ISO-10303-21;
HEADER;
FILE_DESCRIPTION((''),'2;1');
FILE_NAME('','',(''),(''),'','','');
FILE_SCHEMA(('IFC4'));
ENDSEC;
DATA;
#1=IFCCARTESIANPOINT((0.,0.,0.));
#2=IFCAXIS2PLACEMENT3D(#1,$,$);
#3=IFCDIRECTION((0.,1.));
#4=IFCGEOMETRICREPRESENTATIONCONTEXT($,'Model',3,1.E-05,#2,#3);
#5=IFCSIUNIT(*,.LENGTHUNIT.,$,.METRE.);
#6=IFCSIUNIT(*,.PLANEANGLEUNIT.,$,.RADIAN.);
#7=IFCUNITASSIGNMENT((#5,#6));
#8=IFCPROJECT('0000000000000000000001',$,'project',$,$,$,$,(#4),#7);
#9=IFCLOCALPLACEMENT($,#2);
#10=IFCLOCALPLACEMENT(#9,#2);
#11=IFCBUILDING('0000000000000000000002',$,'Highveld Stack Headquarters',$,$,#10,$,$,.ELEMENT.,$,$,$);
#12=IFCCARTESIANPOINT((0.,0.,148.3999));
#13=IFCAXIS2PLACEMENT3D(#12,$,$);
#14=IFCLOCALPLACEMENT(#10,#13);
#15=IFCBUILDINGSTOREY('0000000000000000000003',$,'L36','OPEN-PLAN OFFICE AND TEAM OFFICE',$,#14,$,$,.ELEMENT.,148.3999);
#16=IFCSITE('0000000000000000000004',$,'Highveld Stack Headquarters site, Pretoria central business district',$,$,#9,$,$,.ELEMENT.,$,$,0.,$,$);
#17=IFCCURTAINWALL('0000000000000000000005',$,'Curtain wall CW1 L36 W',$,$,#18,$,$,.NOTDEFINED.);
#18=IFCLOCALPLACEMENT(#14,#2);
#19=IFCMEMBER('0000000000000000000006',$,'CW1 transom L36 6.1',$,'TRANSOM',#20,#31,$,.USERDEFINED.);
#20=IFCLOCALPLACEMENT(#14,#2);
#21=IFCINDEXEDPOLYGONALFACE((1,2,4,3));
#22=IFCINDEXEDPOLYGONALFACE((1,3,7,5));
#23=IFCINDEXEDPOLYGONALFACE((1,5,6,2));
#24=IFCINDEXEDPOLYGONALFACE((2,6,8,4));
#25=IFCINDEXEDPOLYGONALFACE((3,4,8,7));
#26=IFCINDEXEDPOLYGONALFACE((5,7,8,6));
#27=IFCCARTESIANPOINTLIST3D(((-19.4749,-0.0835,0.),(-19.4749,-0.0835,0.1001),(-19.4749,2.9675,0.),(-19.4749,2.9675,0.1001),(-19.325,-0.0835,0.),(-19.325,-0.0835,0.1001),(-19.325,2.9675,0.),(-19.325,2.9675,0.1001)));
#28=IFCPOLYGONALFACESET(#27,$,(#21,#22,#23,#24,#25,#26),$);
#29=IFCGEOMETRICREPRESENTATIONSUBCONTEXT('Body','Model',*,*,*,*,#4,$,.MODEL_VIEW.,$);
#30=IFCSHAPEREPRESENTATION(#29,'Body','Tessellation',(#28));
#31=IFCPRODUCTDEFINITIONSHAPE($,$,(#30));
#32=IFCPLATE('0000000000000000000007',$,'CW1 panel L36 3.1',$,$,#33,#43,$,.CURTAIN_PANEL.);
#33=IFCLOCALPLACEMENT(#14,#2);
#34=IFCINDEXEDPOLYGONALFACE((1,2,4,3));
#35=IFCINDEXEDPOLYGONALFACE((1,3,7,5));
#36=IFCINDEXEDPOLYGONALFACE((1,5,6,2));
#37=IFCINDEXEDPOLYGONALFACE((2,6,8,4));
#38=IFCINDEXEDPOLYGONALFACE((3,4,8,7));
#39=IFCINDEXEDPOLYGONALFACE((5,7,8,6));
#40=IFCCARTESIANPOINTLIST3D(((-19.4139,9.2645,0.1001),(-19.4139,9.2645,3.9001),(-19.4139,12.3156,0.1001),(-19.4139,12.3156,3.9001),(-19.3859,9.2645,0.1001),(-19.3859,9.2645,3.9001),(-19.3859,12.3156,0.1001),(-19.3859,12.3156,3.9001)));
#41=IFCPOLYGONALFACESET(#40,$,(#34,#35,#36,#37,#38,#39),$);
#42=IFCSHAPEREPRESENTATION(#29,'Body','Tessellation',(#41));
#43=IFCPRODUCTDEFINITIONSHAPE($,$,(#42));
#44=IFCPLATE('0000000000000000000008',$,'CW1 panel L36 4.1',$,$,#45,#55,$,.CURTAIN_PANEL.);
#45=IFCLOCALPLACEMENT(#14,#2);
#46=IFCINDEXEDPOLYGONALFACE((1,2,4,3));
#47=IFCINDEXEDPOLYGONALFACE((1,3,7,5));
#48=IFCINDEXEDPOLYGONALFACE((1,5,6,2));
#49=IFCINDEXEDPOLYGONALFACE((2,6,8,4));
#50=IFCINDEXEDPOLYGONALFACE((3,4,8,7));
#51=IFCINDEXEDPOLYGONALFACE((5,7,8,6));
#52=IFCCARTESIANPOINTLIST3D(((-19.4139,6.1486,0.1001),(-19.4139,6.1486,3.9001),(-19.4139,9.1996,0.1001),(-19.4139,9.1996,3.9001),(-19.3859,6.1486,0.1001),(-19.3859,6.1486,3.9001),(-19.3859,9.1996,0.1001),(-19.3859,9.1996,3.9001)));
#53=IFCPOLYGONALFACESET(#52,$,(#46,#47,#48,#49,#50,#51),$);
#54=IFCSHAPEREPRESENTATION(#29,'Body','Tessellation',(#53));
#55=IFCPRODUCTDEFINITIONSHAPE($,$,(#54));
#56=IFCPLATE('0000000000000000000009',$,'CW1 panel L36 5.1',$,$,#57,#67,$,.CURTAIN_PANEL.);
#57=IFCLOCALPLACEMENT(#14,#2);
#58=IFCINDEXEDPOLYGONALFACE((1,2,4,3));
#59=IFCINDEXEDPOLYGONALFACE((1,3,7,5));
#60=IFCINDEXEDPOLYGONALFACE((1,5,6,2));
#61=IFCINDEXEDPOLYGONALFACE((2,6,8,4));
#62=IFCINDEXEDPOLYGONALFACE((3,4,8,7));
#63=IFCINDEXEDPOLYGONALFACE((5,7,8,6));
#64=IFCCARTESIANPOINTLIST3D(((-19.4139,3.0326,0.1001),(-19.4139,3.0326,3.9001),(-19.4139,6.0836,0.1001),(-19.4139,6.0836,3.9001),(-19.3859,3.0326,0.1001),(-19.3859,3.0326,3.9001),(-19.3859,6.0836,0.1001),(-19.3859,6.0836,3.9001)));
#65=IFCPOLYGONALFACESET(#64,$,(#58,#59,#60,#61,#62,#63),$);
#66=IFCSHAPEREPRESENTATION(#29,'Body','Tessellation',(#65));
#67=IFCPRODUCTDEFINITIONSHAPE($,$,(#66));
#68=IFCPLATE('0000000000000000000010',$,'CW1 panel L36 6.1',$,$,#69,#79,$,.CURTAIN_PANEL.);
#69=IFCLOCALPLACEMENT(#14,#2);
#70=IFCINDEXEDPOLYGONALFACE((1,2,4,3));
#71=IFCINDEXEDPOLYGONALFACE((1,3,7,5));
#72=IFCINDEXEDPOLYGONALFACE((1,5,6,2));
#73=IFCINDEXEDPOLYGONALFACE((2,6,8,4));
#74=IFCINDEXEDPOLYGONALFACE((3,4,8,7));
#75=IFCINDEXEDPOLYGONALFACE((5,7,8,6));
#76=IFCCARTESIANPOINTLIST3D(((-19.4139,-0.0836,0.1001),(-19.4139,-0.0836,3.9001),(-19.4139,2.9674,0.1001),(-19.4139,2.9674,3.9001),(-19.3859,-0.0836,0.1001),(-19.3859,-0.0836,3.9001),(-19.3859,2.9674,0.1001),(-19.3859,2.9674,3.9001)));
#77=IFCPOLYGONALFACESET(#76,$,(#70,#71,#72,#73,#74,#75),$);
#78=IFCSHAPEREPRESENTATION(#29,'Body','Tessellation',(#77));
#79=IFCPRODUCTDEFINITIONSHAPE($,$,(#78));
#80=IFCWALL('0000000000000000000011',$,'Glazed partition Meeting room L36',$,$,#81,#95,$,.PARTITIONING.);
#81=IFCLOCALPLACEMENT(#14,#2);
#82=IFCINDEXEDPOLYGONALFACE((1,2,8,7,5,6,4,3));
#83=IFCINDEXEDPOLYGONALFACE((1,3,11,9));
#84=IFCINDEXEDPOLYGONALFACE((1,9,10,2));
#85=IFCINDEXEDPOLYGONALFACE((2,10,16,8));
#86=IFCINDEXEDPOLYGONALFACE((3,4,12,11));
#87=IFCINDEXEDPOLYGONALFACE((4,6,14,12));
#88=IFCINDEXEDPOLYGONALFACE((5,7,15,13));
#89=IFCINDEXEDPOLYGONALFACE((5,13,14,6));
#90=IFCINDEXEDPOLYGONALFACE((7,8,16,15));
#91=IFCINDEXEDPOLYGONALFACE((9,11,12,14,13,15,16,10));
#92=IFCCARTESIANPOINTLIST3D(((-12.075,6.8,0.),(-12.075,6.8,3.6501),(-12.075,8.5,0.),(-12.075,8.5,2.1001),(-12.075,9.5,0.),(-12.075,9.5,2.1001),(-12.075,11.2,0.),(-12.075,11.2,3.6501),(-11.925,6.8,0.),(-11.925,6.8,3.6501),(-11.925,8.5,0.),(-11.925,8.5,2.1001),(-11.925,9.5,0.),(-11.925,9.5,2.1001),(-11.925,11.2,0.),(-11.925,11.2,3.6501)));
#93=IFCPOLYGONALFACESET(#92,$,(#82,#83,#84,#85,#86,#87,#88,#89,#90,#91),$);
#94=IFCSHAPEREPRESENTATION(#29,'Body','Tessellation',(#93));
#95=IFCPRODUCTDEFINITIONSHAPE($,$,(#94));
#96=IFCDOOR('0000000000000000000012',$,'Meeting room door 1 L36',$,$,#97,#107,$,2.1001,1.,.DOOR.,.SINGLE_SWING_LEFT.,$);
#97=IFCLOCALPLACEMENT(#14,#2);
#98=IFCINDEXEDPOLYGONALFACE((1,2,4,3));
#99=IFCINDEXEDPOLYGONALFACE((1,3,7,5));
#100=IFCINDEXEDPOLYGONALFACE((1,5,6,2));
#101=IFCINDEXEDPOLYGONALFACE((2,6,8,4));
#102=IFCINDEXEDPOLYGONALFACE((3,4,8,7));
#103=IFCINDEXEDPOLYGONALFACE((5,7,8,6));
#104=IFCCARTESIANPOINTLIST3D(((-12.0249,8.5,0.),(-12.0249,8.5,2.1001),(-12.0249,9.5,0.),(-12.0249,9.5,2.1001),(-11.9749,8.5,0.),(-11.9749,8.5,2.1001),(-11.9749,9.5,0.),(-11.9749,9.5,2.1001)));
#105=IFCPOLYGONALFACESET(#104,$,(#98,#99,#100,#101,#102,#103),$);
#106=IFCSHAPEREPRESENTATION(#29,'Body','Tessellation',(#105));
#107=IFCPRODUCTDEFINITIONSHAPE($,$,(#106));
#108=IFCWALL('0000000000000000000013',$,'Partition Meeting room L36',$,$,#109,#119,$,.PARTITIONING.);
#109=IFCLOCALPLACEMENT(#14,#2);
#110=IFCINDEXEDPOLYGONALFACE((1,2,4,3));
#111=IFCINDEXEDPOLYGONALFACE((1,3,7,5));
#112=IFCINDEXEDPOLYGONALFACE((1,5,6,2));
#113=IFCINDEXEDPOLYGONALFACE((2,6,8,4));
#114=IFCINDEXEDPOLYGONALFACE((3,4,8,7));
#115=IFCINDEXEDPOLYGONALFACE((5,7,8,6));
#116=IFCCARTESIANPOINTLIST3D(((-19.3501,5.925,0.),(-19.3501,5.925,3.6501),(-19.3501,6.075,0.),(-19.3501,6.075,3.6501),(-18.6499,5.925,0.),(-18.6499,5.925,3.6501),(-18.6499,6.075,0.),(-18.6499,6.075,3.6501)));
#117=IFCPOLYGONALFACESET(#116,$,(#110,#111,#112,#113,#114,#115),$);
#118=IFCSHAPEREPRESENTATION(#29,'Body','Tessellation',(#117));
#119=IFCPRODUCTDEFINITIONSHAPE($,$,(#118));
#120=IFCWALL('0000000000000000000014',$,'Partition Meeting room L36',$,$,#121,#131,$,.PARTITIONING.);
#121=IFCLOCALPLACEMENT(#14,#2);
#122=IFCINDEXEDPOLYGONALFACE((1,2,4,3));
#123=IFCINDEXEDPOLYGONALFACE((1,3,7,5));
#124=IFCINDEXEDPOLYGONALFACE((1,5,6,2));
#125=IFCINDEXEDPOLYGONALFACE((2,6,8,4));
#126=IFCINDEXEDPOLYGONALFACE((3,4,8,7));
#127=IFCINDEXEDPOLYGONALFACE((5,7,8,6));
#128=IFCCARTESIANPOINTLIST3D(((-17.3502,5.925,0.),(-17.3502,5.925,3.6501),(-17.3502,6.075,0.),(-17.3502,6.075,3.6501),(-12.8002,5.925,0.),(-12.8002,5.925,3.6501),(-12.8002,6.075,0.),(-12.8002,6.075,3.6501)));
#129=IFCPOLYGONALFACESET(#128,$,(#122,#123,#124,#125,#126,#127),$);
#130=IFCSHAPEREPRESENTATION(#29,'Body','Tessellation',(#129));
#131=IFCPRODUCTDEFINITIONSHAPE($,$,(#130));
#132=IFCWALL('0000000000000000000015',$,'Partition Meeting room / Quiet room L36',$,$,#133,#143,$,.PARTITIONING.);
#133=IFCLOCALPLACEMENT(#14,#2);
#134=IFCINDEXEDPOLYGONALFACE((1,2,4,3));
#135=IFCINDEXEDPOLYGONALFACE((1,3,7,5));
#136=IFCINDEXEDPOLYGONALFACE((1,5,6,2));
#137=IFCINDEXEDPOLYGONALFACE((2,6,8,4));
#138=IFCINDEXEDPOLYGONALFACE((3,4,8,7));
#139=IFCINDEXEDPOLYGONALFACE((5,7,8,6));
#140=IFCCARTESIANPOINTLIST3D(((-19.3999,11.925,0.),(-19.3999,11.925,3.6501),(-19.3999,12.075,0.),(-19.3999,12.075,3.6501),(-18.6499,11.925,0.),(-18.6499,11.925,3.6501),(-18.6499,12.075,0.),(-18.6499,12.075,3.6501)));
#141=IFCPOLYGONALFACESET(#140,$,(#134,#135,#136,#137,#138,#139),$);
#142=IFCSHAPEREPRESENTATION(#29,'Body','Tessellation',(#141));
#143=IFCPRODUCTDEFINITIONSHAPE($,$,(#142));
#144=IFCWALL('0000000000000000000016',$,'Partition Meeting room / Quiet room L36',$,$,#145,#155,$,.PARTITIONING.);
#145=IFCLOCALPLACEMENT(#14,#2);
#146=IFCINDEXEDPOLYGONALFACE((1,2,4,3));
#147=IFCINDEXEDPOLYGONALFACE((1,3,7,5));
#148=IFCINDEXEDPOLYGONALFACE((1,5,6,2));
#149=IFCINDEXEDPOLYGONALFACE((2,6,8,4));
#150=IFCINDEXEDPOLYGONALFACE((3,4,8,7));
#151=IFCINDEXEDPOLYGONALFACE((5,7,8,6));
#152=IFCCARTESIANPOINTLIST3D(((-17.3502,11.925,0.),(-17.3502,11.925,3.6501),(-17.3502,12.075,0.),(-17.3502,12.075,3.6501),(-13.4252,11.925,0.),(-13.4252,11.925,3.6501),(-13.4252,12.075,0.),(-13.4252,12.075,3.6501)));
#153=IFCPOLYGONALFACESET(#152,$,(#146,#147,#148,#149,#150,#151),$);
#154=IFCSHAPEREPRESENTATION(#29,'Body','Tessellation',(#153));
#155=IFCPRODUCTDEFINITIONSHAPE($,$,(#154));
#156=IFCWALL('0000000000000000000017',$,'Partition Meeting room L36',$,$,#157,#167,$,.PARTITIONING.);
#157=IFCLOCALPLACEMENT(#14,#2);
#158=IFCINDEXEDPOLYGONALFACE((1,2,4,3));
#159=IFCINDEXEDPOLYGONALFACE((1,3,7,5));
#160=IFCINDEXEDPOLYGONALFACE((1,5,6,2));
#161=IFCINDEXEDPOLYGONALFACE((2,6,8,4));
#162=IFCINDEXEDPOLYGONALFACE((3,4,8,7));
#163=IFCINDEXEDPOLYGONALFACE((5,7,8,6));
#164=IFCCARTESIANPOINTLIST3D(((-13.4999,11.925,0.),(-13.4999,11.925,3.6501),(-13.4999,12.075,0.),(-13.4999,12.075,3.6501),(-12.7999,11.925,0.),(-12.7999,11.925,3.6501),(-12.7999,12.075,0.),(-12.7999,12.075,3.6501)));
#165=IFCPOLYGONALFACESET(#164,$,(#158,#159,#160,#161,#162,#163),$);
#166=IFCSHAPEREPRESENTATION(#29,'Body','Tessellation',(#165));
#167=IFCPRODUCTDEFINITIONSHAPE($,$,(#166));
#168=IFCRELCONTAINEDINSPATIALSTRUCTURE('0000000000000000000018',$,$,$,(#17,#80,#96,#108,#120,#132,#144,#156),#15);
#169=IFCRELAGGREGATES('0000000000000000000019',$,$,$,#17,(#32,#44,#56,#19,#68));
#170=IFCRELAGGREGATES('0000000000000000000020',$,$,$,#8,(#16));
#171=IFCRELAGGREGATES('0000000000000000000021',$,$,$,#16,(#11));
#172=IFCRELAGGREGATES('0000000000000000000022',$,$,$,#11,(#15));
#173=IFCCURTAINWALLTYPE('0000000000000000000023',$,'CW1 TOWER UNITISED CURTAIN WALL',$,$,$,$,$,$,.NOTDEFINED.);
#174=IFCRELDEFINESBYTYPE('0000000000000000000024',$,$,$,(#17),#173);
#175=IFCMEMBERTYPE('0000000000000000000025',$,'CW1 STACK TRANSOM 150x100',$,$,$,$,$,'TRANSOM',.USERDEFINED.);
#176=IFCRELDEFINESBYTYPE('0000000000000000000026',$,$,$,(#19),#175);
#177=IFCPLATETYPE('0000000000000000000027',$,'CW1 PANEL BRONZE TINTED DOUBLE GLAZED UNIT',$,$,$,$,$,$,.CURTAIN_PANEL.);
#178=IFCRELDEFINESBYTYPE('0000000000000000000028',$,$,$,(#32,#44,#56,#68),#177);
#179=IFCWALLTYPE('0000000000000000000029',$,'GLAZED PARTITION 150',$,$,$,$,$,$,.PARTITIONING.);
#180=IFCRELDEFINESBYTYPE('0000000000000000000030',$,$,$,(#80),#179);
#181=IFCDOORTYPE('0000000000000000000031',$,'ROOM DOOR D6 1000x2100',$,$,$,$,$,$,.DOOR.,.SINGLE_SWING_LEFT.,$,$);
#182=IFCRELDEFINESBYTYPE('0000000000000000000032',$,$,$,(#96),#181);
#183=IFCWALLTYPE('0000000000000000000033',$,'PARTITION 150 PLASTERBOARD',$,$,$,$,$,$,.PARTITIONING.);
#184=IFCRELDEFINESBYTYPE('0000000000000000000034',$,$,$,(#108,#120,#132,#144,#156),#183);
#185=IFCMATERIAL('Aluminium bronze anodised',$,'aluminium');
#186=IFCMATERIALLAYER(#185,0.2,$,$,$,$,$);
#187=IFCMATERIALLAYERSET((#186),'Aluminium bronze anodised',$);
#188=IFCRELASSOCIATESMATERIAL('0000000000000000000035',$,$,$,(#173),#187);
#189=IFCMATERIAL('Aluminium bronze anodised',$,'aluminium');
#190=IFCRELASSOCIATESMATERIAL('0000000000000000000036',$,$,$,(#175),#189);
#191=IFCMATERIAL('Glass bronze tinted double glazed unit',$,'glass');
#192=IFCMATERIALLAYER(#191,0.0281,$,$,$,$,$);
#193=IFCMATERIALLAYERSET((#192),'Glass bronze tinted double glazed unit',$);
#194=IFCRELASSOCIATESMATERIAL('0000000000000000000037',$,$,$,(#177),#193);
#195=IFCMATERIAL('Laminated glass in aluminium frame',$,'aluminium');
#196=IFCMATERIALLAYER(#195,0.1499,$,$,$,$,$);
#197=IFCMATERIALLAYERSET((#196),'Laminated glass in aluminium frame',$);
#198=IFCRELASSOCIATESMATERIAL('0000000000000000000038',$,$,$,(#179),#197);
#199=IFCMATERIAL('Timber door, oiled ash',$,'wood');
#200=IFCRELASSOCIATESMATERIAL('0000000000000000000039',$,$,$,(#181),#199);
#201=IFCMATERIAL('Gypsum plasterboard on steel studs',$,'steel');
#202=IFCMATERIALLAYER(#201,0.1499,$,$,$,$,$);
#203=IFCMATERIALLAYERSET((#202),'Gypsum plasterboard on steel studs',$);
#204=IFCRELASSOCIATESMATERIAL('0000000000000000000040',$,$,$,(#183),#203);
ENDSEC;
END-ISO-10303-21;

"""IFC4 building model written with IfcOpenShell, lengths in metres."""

from ifc_helpers import new_model, si_unit, direction, frame, frame_2d, origin, origin_2d, place, context, subcontext, project, spatial, rectangle, extrude, material, layer, layer_set, material_profile, profile_set, type_object, element, fill, aggregate, save


model = new_model("IFC4")

# Units and contexts
model_context = context("Model", 3, precision=1e-05, world=origin(), true_north=direction((0.0, 1.0)))
body_context = subcontext(model_context, "Body", "Model", "MODEL_VIEW")
ifc_project = project(units=[si_unit("LENGTHUNIT", "METRE"), si_unit("PLANEANGLEUNIT", "RADIAN")], contexts=[model_context])

# Site, building, storey
site_placement = place(None, origin())
site = spatial("IfcSite", under=ifc_project, at=site_placement, Name="Highveld Stack Headquarters site, Pretoria central business district", CompositionType="ELEMENT", RefElevation=0.0)
building_placement = place(site_placement, origin())
building = spatial("IfcBuilding", under=site, at=building_placement, Name="Highveld Stack Headquarters", CompositionType="ELEMENT")
storey_placement = place(building_placement, frame((0.0, 0.0, 148.3999)))
storey = spatial("IfcBuildingStorey", under=building, at=storey_placement, Name="L36", Description="OPEN-PLAN OFFICE AND TEAM OFFICE", CompositionType="ELEMENT", Elevation=148.3999)

# Curtain wall, member, plates
ifc_material_1 = material(Name="Aluminium bronze anodised", Category="aluminium")
ifc_layer_1 = layer(ifc_material_1, 0.2)
ifc_layer_set_1 = layer_set([ifc_layer_1], Name="Aluminium bronze anodised")
curtain_wall_type = type_object("IfcCurtainWallType", Name="CW1 TOWER UNITISED CURTAIN WALL", PredefinedType="NOTDEFINED", material=ifc_layer_set_1)
curtain_wall_placement = place(storey_placement, origin())
curtain_wall = element("IfcCurtainWall", 1, at=curtain_wall_placement, inside=storey, type_object=curtain_wall_type, Name="Curtain wall CW1 L36 W", PredefinedType="NOTDEFINED")
ifc_material_2 = material(Name="Aluminium bronze anodised", Category="aluminium")
ifc_material_profile_1 = material_profile(ifc_material_2, rectangle(XDim=0.1499, YDim=0.1001, at=origin_2d()), Name="CW1 TRANSOM 150x100")
ifc_profile_set_1 = profile_set([ifc_material_profile_1], Name="Aluminium bronze anodised")
member_type_1 = type_object("IfcMemberType", Name="CW1 STACK TRANSOM 150x100", ElementType="TRANSOM", PredefinedType="USERDEFINED", material=ifc_profile_set_1)
member_1_placement = place(storey_placement, frame((-19.3999, 2.9675, 0.05), z_axis=(0.0, -1.0, 0.0), x_axis=(1.0, 0.0, 0.0)))
member_1 = element("IfcMember", 2, at=member_1_placement, type_object=member_type_1, Name="CW1 transom L36 6.1", ObjectType="TRANSOM", PredefinedType="USERDEFINED", context=body_context, shape_type="SweptSolid", body=[
    extrude(rectangle(XDim=0.1499, YDim=0.1001, at=origin_2d()), origin(), (0.0, 0.0, 1.0), 3.051),
])
ifc_material_3 = material(Name="Glass bronze tinted double glazed unit", Category="glass")
ifc_layer_2 = layer(ifc_material_3, 0.0281)
ifc_layer_set_2 = layer_set([ifc_layer_2], Name="Glass bronze tinted double glazed unit")
plate_type = type_object("IfcPlateType", Name="CW1 PANEL BRONZE TINTED DOUBLE GLAZED UNIT", PredefinedType="CURTAIN_PANEL", material=ifc_layer_set_2)
plate_1_placement = place(storey_placement, frame((-19.3999, 10.79, 0.1001), z_axis=(0.0, 0.0, 1.0), x_axis=(0.0, -1.0, 0.0)))
plate_1 = element("IfcPlate", 3, at=plate_1_placement, type_object=plate_type, Name="CW1 panel L36 3.1", PredefinedType="CURTAIN_PANEL", context=body_context, shape_type="SweptSolid", body=[
    extrude(rectangle(XDim=3.051, YDim=0.0281, at=origin_2d()), origin(), (0.0, 0.0, 1.0), 3.8),
])
plate_2_placement = place(storey_placement, frame((-19.3999, 7.6741, 0.1001), z_axis=(0.0, 0.0, 1.0), x_axis=(0.0, -1.0, 0.0)))
plate_2 = element("IfcPlate", 4, at=plate_2_placement, type_object=plate_type, Name="CW1 panel L36 4.1", PredefinedType="CURTAIN_PANEL", context=body_context, shape_type="SweptSolid", body=[
    extrude(rectangle(XDim=3.051, YDim=0.0281, at=origin_2d()), origin(), (0.0, 0.0, 1.0), 3.8),
])
plate_3_placement = place(storey_placement, frame((-19.3999, 4.5581, 0.1001), z_axis=(0.0, 0.0, 1.0), x_axis=(0.0, -1.0, 0.0)))
plate_3 = element("IfcPlate", 5, at=plate_3_placement, type_object=plate_type, Name="CW1 panel L36 5.1", PredefinedType="CURTAIN_PANEL", context=body_context, shape_type="SweptSolid", body=[
    extrude(rectangle(XDim=3.051, YDim=0.0281, at=origin_2d()), origin(), (0.0, 0.0, 1.0), 3.8),
])
plate_4_placement = place(storey_placement, frame((-19.3999, 1.4419, 0.1001), z_axis=(0.0, 0.0, 1.0), x_axis=(0.0, -1.0, 0.0)))
plate_4 = element("IfcPlate", 6, at=plate_4_placement, type_object=plate_type, Name="CW1 panel L36 6.1", PredefinedType="CURTAIN_PANEL", context=body_context, shape_type="SweptSolid", body=[
    extrude(rectangle(XDim=3.051, YDim=0.0281, at=origin_2d()), origin(), (0.0, 0.0, 1.0), 3.8),
])
aggregate(curtain_wall, [plate_1, plate_2, plate_3, member_1, plate_4])

# Wall, opening, door
ifc_material_4 = material(Name="Laminated glass in aluminium frame", Category="aluminium")
ifc_layer_3 = layer(ifc_material_4, 0.1499)
ifc_layer_set_3 = layer_set([ifc_layer_3], Name="Laminated glass in aluminium frame")
wall_type_1 = type_object("IfcWallType", Name="GLAZED PARTITION 150", PredefinedType="PARTITIONING", material=ifc_layer_set_3)
wall_1_placement = place(storey_placement, frame((-12.0, 6.8, 0.0), z_axis=(0.0, 0.0, 1.0), x_axis=(0.0, 1.0, 0.0)))
wall_1 = element("IfcWall", 7, at=wall_1_placement, inside=storey, type_object=wall_type_1, Name="Glazed partition Meeting room L36", PredefinedType="PARTITIONING", context=body_context, shape_type="SweptSolid", body=[
    extrude(rectangle(XDim=4.3999, YDim=0.1499, at=frame_2d((2.2, 0.0))), origin(), (0.0, 0.0, 1.0), 3.6501),
])
opening_1_placement = place(wall_1_placement, frame((1.7, 0.0, 0.0)))
opening_1 = element("IfcOpeningElement", 8, at=opening_1_placement, cuts=wall_1, PredefinedType="OPENING", context=body_context, shape_type="SweptSolid", body=[
    extrude(rectangle(XDim=1.0, YDim=2.1001, at=frame_2d((0.5, 1.05))), frame((0.0, 0.085, 0.0), z_axis=(0.0, -1.0, 0.0), x_axis=(1.0, 0.0, 0.0)), (0.0, 0.0, 1.0), 0.1699),
])
ifc_material_5 = material(Name="Timber door, oiled ash", Category="wood")
door_type = type_object("IfcDoorType", Name="ROOM DOOR D6 1000x2100", OperationType="SINGLE_SWING_LEFT", PredefinedType="DOOR", material=ifc_material_5)
door_1_placement = place(opening_1_placement, origin())
door_1 = element("IfcDoor", 9, at=door_1_placement, inside=storey, type_object=door_type, Name="Meeting room door 1 L36", OperationType="SINGLE_SWING_LEFT", OverallHeight=2.1001, OverallWidth=1.0, PredefinedType="DOOR", context=body_context, shape_type="SweptSolid", body=[
    extrude(rectangle(XDim=1.0, YDim=2.1001, at=frame_2d((0.5, 1.05))), frame((0.0, 0.0249, 0.0), z_axis=(0.0, -1.0, 0.0), x_axis=(1.0, 0.0, 0.0)), (0.0, 0.0, 1.0), 0.05),
])
fill(opening_1, door_1)

# Walls
ifc_material_6 = material(Name="Gypsum plasterboard on steel studs", Category="steel")
ifc_layer_4 = layer(ifc_material_6, 0.1499)
ifc_layer_set_4 = layer_set([ifc_layer_4], Name="Gypsum plasterboard on steel studs")
wall_type_2 = type_object("IfcWallType", Name="PARTITION 150 PLASTERBOARD", PredefinedType="PARTITIONING", material=ifc_layer_set_4)
wall_2_placement = place(storey_placement, frame((-19.3501, 6.0, 0.0), z_axis=(0.0, 0.0, 1.0), x_axis=(1.0, 0.0, 0.0)))
element("IfcWall", 10, at=wall_2_placement, inside=storey, type_object=wall_type_2, Name="Partition Meeting room L36", PredefinedType="PARTITIONING", context=body_context, shape_type="SweptSolid", body=[
    extrude(rectangle(XDim=0.7002, YDim=0.1499, at=frame_2d((0.3501, 0.0))), origin(), (0.0, 0.0, 1.0), 3.6501),
])
wall_3_placement = place(storey_placement, frame((-17.3501, 6.0, 0.0), z_axis=(0.0, 0.0, 1.0), x_axis=(1.0, 0.0, 0.0)))
element("IfcWall", 11, at=wall_3_placement, inside=storey, type_object=wall_type_2, Name="Partition Meeting room L36", PredefinedType="PARTITIONING", context=body_context, shape_type="SweptSolid", body=[
    extrude(rectangle(XDim=4.55, YDim=0.1499, at=frame_2d((2.2749, 0.0))), origin(), (0.0, 0.0, 1.0), 3.6501),
])
wall_4_placement = place(storey_placement, frame((-19.3999, 12.0, 0.0), z_axis=(0.0, 0.0, 1.0), x_axis=(1.0, 0.0, 0.0)))
element("IfcWall", 12, at=wall_4_placement, inside=storey, type_object=wall_type_2, Name="Partition Meeting room / Quiet room L36", PredefinedType="PARTITIONING", context=body_context, shape_type="SweptSolid", body=[
    extrude(rectangle(XDim=0.75, YDim=0.1499, at=frame_2d((0.375, 0.0))), origin(), (0.0, 0.0, 1.0), 3.6501),
])
wall_5_placement = place(storey_placement, frame((-17.3501, 12.0, 0.0), z_axis=(0.0, 0.0, 1.0), x_axis=(1.0, 0.0, 0.0)))
element("IfcWall", 13, at=wall_5_placement, inside=storey, type_object=wall_type_2, Name="Partition Meeting room / Quiet room L36", PredefinedType="PARTITIONING", context=body_context, shape_type="SweptSolid", body=[
    extrude(rectangle(XDim=3.925, YDim=0.1499, at=frame_2d((1.9624, 0.0))), origin(), (0.0, 0.0, 1.0), 3.6501),
])
wall_6_placement = place(storey_placement, frame((-13.5, 12.0, 0.0), z_axis=(0.0, 0.0, 1.0), x_axis=(1.0, 0.0, 0.0)))
element("IfcWall", 14, at=wall_6_placement, inside=storey, type_object=wall_type_2, Name="Partition Meeting room L36", PredefinedType="PARTITIONING", context=body_context, shape_type="SweptSolid", body=[
    extrude(rectangle(XDim=0.7, YDim=0.1499, at=frame_2d((0.3501, 0.0))), origin(), (0.0, 0.0, 1.0), 3.6501),
])

save(model, "model.ifc")
